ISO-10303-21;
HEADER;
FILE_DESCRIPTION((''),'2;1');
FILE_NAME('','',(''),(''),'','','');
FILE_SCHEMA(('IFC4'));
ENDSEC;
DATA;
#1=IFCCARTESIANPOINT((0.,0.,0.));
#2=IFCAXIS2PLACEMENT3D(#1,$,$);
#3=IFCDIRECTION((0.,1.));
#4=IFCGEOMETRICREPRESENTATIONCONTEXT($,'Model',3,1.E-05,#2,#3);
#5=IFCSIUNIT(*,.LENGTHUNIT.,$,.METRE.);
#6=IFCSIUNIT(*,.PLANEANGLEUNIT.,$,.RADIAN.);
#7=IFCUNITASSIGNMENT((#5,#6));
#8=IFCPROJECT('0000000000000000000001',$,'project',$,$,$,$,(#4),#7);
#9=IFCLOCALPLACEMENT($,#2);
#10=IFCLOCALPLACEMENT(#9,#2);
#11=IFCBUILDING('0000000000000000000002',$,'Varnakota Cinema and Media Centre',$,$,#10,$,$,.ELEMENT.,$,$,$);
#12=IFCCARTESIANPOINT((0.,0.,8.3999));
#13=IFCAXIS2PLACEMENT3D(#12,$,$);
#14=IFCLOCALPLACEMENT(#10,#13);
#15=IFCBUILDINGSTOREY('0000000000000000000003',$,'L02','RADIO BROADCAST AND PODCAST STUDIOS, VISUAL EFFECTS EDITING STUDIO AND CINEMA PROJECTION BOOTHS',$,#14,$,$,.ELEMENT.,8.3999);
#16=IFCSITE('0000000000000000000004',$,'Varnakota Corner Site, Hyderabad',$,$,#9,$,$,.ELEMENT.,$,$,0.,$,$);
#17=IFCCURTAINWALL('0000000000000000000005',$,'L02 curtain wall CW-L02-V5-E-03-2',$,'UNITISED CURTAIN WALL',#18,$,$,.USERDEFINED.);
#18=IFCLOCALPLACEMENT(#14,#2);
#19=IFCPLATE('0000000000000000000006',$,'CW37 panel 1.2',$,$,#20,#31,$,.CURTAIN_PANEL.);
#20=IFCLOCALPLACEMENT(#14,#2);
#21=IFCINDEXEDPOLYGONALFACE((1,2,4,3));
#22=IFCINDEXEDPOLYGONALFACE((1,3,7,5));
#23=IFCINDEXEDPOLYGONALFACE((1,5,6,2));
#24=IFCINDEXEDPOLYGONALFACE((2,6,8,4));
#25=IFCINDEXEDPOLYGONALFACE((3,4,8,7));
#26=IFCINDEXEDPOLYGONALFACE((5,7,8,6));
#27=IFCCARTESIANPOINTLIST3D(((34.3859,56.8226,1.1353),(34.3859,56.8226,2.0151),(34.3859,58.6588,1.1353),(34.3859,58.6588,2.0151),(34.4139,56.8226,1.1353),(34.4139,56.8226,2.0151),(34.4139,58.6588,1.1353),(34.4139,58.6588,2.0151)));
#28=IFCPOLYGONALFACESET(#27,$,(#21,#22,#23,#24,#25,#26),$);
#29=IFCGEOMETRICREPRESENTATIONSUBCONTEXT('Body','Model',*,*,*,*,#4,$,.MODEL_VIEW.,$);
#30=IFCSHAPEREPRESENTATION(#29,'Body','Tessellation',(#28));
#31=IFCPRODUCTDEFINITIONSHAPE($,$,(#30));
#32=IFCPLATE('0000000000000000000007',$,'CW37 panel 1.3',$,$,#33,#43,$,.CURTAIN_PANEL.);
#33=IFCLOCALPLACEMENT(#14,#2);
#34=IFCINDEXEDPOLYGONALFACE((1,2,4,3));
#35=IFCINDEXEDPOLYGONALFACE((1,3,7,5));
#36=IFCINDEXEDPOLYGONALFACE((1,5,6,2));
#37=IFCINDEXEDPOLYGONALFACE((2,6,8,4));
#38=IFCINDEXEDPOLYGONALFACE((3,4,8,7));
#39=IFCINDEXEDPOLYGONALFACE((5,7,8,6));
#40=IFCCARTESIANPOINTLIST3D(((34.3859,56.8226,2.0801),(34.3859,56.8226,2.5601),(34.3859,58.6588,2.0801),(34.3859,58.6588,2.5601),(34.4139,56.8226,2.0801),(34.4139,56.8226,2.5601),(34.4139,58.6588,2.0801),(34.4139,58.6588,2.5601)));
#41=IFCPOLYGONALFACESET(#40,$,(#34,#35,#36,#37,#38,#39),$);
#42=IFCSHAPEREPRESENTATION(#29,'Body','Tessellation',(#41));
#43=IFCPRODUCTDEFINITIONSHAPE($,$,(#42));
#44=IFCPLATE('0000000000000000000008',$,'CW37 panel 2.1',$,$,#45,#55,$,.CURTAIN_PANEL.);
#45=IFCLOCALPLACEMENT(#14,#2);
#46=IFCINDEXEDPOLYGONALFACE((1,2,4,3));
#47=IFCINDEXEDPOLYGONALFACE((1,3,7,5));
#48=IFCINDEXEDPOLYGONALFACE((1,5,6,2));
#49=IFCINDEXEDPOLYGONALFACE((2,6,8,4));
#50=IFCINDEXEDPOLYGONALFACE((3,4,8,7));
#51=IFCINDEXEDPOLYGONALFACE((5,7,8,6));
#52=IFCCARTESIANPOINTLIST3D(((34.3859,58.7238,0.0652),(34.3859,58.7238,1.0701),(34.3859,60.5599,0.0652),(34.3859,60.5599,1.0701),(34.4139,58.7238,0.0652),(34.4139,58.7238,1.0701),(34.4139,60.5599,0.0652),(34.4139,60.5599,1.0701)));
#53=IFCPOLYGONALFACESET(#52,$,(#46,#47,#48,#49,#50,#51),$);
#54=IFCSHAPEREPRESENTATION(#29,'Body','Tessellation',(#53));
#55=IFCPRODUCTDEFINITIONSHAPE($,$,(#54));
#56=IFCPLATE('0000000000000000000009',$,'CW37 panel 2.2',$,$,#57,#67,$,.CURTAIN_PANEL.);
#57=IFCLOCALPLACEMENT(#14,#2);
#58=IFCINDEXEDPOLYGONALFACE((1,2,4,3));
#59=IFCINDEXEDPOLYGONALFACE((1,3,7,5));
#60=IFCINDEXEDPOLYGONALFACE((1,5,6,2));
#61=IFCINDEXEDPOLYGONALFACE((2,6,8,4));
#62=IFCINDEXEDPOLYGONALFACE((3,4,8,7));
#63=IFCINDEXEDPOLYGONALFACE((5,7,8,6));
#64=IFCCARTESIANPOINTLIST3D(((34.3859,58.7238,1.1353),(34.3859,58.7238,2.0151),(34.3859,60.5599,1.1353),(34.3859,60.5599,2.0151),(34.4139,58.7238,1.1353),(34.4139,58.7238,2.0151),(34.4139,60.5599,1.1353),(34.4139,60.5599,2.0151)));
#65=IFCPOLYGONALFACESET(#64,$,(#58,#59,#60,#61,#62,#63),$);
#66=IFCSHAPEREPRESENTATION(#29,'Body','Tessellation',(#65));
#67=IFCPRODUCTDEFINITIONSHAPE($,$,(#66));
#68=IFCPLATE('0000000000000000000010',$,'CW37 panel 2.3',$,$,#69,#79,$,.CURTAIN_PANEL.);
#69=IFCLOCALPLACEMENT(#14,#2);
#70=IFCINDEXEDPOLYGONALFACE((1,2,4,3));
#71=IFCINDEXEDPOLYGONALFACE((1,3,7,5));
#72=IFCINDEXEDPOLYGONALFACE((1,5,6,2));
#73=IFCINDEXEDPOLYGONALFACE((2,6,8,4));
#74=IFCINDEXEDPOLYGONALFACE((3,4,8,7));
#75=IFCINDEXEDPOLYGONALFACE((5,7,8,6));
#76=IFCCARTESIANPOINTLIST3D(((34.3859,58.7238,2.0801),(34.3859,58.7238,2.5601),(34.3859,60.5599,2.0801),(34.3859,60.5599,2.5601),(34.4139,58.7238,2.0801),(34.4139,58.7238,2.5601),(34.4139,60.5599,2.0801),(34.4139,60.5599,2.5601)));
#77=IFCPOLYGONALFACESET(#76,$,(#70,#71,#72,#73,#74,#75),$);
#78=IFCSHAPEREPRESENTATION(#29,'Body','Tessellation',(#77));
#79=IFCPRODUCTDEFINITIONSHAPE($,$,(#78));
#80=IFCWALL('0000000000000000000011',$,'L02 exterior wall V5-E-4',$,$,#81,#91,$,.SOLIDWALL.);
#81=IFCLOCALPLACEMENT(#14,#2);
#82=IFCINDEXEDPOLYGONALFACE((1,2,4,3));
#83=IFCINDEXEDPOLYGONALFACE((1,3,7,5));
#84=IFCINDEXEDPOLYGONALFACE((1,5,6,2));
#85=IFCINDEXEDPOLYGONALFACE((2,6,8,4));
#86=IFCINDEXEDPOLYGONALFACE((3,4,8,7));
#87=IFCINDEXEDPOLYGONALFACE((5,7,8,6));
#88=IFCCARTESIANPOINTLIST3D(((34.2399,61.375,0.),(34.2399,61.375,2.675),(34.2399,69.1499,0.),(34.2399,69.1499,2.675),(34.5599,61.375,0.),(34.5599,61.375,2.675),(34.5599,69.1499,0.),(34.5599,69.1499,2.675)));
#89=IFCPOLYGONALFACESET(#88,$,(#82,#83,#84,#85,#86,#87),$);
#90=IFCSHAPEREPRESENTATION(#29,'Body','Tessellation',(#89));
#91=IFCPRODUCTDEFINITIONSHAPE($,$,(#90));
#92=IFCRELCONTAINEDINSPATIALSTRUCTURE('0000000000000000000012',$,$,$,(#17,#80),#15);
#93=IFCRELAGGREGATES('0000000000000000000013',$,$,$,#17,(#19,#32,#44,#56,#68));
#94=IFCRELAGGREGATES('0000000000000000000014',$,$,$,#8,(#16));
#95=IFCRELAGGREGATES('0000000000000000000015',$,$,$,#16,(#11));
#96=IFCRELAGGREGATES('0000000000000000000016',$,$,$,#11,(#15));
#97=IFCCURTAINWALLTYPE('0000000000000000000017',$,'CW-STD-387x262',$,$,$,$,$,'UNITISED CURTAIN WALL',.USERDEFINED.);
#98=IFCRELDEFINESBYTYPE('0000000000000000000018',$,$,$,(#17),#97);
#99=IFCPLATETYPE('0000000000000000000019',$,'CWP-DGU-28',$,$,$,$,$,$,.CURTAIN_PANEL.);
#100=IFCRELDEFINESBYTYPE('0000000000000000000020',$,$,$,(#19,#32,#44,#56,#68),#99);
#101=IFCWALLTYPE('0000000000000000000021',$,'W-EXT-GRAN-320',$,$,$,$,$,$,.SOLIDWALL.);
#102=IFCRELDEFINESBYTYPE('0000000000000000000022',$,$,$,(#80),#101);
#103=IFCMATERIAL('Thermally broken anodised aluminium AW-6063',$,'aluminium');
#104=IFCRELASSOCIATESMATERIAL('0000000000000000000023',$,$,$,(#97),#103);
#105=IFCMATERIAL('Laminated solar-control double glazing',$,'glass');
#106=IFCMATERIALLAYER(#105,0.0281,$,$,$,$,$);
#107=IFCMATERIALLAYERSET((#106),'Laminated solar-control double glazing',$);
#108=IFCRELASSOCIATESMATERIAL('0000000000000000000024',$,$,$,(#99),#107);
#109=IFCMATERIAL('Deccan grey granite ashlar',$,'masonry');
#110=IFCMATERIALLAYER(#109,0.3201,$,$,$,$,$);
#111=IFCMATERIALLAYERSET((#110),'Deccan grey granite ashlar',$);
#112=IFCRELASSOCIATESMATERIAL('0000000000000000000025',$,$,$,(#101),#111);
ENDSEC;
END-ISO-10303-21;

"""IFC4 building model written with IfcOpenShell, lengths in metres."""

from ifc_helpers import new_model, si_unit, direction, frame, frame_2d, origin, origin_2d, place, context, subcontext, project, spatial, rectangle, extrude, material, layer, layer_set, type_object, element, aggregate, save


model = new_model("IFC4")

# Units and contexts
model_context = context("Model", 3, precision=1e-05, world=origin(), true_north=direction((0.0, 1.0)))
body_context = subcontext(model_context, "Body", "Model", "MODEL_VIEW")
ifc_project = project(units=[si_unit("LENGTHUNIT", "METRE"), si_unit("PLANEANGLEUNIT", "RADIAN")], contexts=[model_context])

# Site, building, storey
site_placement = place(None, origin())
site = spatial("IfcSite", under=ifc_project, at=site_placement, Name="Varnakota Corner Site, Hyderabad", CompositionType="ELEMENT", RefElevation=0.0)
building_placement = place(site_placement, origin())
building = spatial("IfcBuilding", under=site, at=building_placement, Name="Varnakota Cinema and Media Centre", CompositionType="ELEMENT")
storey_placement = place(building_placement, frame((0.0, 0.0, 8.3999)))
storey = spatial("IfcBuildingStorey", under=building, at=storey_placement, Name="L02", Description="RADIO BROADCAST AND PODCAST STUDIOS, VISUAL EFFECTS EDITING STUDIO AND CINEMA PROJECTION BOOTHS", CompositionType="ELEMENT", Elevation=8.3999)

# Shared definitions
ifc_material_1 = material(Name="Thermally broken anodised aluminium AW-6063", Category="aluminium")
curtain_wall_type = type_object("IfcCurtainWallType", Name="CW-STD-387x262", ElementType="UNITISED CURTAIN WALL", PredefinedType="USERDEFINED", material=ifc_material_1)

# Curtain wall
curtain_wall_1_placement = place(storey_placement, origin())
curtain_wall_1 = element("IfcCurtainWall", 1, at=curtain_wall_1_placement, inside=storey, type_object=curtain_wall_type, Name="L02 curtain wall CW-L02-V5-E-03-2", ObjectType="UNITISED CURTAIN WALL", PredefinedType="USERDEFINED")

# Plates
ifc_material_2 = material(Name="Laminated solar-control double glazing", Category="glass")
ifc_layer_1 = layer(ifc_material_2, 0.0281)
ifc_layer_set_1 = layer_set([ifc_layer_1], Name="Laminated solar-control double glazing")
plate_type = type_object("IfcPlateType", Name="CWP-DGU-28", PredefinedType="CURTAIN_PANEL", material=ifc_layer_set_1)
plate_1_placement = place(storey_placement, frame((34.3999, 57.7407, 1.1353), z_axis=(0.0, 0.0, 1.0), x_axis=(0.0, 1.0, 0.0)))
plate_1 = element("IfcPlate", 2, at=plate_1_placement, type_object=plate_type, Name="CW37 panel 1.2", PredefinedType="CURTAIN_PANEL", context=body_context, shape_type="SweptSolid", body=[
    extrude(rectangle(XDim=1.8362, YDim=0.0281, at=origin_2d()), origin(), (0.0, 0.0, 1.0), 0.8799),
])
plate_2_placement = place(storey_placement, frame((34.3999, 57.7407, 2.0801), z_axis=(0.0, 0.0, 1.0), x_axis=(0.0, 1.0, 0.0)))
plate_2 = element("IfcPlate", 3, at=plate_2_placement, type_object=plate_type, Name="CW37 panel 1.3", PredefinedType="CURTAIN_PANEL", context=body_context, shape_type="SweptSolid", body=[
    extrude(rectangle(XDim=1.8362, YDim=0.0281, at=origin_2d()), origin(), (0.0, 0.0, 1.0), 0.48),
])
plate_3_placement = place(storey_placement, frame((34.3999, 59.6418, 0.0652), z_axis=(0.0, 0.0, 1.0), x_axis=(0.0, 1.0, 0.0)))
plate_3 = element("IfcPlate", 4, at=plate_3_placement, type_object=plate_type, Name="CW37 panel 2.1", PredefinedType="CURTAIN_PANEL", context=body_context, shape_type="SweptSolid", body=[
    extrude(rectangle(XDim=1.8362, YDim=0.0281, at=origin_2d()), origin(), (0.0, 0.0, 1.0), 1.0049),
])
plate_4_placement = place(storey_placement, frame((34.3999, 59.6418, 1.1353), z_axis=(0.0, 0.0, 1.0), x_axis=(0.0, 1.0, 0.0)))
plate_4 = element("IfcPlate", 5, at=plate_4_placement, type_object=plate_type, Name="CW37 panel 2.2", PredefinedType="CURTAIN_PANEL", context=body_context, shape_type="SweptSolid", body=[
    extrude(rectangle(XDim=1.8362, YDim=0.0281, at=origin_2d()), origin(), (0.0, 0.0, 1.0), 0.8799),
])
plate_5_placement = place(storey_placement, frame((34.3999, 59.6418, 2.0801), z_axis=(0.0, 0.0, 1.0), x_axis=(0.0, 1.0, 0.0)))
plate_5 = element("IfcPlate", 6, at=plate_5_placement, type_object=plate_type, Name="CW37 panel 2.3", PredefinedType="CURTAIN_PANEL", context=body_context, shape_type="SweptSolid", body=[
    extrude(rectangle(XDim=1.8362, YDim=0.0281, at=origin_2d()), origin(), (0.0, 0.0, 1.0), 0.48),
])
aggregate(curtain_wall_1, [plate_1, plate_2, plate_3, plate_4, plate_5])

# Wall
ifc_material_3 = material(Name="Deccan grey granite ashlar", Category="masonry")
ifc_layer_2 = layer(ifc_material_3, 0.3201)
ifc_layer_set_2 = layer_set([ifc_layer_2], Name="Deccan grey granite ashlar")
wall_type = type_object("IfcWallType", Name="W-EXT-GRAN-320", PredefinedType="SOLIDWALL", material=ifc_layer_set_2)
wall_placement = place(storey_placement, frame((34.3999, 61.375, 0.0), z_axis=(0.0, 0.0, 1.0), x_axis=(0.0, 1.0, 0.0)))
element("IfcWall", 7, at=wall_placement, inside=storey, type_object=wall_type, Name="L02 exterior wall V5-E-4", PredefinedType="SOLIDWALL", context=body_context, shape_type="SweptSolid", body=[
    extrude(rectangle(XDim=7.7749, YDim=0.3201, at=frame_2d((3.8875, 0.0))), origin(), (0.0, 0.0, 1.0), 2.675),
])

save(model, "model.ifc")
